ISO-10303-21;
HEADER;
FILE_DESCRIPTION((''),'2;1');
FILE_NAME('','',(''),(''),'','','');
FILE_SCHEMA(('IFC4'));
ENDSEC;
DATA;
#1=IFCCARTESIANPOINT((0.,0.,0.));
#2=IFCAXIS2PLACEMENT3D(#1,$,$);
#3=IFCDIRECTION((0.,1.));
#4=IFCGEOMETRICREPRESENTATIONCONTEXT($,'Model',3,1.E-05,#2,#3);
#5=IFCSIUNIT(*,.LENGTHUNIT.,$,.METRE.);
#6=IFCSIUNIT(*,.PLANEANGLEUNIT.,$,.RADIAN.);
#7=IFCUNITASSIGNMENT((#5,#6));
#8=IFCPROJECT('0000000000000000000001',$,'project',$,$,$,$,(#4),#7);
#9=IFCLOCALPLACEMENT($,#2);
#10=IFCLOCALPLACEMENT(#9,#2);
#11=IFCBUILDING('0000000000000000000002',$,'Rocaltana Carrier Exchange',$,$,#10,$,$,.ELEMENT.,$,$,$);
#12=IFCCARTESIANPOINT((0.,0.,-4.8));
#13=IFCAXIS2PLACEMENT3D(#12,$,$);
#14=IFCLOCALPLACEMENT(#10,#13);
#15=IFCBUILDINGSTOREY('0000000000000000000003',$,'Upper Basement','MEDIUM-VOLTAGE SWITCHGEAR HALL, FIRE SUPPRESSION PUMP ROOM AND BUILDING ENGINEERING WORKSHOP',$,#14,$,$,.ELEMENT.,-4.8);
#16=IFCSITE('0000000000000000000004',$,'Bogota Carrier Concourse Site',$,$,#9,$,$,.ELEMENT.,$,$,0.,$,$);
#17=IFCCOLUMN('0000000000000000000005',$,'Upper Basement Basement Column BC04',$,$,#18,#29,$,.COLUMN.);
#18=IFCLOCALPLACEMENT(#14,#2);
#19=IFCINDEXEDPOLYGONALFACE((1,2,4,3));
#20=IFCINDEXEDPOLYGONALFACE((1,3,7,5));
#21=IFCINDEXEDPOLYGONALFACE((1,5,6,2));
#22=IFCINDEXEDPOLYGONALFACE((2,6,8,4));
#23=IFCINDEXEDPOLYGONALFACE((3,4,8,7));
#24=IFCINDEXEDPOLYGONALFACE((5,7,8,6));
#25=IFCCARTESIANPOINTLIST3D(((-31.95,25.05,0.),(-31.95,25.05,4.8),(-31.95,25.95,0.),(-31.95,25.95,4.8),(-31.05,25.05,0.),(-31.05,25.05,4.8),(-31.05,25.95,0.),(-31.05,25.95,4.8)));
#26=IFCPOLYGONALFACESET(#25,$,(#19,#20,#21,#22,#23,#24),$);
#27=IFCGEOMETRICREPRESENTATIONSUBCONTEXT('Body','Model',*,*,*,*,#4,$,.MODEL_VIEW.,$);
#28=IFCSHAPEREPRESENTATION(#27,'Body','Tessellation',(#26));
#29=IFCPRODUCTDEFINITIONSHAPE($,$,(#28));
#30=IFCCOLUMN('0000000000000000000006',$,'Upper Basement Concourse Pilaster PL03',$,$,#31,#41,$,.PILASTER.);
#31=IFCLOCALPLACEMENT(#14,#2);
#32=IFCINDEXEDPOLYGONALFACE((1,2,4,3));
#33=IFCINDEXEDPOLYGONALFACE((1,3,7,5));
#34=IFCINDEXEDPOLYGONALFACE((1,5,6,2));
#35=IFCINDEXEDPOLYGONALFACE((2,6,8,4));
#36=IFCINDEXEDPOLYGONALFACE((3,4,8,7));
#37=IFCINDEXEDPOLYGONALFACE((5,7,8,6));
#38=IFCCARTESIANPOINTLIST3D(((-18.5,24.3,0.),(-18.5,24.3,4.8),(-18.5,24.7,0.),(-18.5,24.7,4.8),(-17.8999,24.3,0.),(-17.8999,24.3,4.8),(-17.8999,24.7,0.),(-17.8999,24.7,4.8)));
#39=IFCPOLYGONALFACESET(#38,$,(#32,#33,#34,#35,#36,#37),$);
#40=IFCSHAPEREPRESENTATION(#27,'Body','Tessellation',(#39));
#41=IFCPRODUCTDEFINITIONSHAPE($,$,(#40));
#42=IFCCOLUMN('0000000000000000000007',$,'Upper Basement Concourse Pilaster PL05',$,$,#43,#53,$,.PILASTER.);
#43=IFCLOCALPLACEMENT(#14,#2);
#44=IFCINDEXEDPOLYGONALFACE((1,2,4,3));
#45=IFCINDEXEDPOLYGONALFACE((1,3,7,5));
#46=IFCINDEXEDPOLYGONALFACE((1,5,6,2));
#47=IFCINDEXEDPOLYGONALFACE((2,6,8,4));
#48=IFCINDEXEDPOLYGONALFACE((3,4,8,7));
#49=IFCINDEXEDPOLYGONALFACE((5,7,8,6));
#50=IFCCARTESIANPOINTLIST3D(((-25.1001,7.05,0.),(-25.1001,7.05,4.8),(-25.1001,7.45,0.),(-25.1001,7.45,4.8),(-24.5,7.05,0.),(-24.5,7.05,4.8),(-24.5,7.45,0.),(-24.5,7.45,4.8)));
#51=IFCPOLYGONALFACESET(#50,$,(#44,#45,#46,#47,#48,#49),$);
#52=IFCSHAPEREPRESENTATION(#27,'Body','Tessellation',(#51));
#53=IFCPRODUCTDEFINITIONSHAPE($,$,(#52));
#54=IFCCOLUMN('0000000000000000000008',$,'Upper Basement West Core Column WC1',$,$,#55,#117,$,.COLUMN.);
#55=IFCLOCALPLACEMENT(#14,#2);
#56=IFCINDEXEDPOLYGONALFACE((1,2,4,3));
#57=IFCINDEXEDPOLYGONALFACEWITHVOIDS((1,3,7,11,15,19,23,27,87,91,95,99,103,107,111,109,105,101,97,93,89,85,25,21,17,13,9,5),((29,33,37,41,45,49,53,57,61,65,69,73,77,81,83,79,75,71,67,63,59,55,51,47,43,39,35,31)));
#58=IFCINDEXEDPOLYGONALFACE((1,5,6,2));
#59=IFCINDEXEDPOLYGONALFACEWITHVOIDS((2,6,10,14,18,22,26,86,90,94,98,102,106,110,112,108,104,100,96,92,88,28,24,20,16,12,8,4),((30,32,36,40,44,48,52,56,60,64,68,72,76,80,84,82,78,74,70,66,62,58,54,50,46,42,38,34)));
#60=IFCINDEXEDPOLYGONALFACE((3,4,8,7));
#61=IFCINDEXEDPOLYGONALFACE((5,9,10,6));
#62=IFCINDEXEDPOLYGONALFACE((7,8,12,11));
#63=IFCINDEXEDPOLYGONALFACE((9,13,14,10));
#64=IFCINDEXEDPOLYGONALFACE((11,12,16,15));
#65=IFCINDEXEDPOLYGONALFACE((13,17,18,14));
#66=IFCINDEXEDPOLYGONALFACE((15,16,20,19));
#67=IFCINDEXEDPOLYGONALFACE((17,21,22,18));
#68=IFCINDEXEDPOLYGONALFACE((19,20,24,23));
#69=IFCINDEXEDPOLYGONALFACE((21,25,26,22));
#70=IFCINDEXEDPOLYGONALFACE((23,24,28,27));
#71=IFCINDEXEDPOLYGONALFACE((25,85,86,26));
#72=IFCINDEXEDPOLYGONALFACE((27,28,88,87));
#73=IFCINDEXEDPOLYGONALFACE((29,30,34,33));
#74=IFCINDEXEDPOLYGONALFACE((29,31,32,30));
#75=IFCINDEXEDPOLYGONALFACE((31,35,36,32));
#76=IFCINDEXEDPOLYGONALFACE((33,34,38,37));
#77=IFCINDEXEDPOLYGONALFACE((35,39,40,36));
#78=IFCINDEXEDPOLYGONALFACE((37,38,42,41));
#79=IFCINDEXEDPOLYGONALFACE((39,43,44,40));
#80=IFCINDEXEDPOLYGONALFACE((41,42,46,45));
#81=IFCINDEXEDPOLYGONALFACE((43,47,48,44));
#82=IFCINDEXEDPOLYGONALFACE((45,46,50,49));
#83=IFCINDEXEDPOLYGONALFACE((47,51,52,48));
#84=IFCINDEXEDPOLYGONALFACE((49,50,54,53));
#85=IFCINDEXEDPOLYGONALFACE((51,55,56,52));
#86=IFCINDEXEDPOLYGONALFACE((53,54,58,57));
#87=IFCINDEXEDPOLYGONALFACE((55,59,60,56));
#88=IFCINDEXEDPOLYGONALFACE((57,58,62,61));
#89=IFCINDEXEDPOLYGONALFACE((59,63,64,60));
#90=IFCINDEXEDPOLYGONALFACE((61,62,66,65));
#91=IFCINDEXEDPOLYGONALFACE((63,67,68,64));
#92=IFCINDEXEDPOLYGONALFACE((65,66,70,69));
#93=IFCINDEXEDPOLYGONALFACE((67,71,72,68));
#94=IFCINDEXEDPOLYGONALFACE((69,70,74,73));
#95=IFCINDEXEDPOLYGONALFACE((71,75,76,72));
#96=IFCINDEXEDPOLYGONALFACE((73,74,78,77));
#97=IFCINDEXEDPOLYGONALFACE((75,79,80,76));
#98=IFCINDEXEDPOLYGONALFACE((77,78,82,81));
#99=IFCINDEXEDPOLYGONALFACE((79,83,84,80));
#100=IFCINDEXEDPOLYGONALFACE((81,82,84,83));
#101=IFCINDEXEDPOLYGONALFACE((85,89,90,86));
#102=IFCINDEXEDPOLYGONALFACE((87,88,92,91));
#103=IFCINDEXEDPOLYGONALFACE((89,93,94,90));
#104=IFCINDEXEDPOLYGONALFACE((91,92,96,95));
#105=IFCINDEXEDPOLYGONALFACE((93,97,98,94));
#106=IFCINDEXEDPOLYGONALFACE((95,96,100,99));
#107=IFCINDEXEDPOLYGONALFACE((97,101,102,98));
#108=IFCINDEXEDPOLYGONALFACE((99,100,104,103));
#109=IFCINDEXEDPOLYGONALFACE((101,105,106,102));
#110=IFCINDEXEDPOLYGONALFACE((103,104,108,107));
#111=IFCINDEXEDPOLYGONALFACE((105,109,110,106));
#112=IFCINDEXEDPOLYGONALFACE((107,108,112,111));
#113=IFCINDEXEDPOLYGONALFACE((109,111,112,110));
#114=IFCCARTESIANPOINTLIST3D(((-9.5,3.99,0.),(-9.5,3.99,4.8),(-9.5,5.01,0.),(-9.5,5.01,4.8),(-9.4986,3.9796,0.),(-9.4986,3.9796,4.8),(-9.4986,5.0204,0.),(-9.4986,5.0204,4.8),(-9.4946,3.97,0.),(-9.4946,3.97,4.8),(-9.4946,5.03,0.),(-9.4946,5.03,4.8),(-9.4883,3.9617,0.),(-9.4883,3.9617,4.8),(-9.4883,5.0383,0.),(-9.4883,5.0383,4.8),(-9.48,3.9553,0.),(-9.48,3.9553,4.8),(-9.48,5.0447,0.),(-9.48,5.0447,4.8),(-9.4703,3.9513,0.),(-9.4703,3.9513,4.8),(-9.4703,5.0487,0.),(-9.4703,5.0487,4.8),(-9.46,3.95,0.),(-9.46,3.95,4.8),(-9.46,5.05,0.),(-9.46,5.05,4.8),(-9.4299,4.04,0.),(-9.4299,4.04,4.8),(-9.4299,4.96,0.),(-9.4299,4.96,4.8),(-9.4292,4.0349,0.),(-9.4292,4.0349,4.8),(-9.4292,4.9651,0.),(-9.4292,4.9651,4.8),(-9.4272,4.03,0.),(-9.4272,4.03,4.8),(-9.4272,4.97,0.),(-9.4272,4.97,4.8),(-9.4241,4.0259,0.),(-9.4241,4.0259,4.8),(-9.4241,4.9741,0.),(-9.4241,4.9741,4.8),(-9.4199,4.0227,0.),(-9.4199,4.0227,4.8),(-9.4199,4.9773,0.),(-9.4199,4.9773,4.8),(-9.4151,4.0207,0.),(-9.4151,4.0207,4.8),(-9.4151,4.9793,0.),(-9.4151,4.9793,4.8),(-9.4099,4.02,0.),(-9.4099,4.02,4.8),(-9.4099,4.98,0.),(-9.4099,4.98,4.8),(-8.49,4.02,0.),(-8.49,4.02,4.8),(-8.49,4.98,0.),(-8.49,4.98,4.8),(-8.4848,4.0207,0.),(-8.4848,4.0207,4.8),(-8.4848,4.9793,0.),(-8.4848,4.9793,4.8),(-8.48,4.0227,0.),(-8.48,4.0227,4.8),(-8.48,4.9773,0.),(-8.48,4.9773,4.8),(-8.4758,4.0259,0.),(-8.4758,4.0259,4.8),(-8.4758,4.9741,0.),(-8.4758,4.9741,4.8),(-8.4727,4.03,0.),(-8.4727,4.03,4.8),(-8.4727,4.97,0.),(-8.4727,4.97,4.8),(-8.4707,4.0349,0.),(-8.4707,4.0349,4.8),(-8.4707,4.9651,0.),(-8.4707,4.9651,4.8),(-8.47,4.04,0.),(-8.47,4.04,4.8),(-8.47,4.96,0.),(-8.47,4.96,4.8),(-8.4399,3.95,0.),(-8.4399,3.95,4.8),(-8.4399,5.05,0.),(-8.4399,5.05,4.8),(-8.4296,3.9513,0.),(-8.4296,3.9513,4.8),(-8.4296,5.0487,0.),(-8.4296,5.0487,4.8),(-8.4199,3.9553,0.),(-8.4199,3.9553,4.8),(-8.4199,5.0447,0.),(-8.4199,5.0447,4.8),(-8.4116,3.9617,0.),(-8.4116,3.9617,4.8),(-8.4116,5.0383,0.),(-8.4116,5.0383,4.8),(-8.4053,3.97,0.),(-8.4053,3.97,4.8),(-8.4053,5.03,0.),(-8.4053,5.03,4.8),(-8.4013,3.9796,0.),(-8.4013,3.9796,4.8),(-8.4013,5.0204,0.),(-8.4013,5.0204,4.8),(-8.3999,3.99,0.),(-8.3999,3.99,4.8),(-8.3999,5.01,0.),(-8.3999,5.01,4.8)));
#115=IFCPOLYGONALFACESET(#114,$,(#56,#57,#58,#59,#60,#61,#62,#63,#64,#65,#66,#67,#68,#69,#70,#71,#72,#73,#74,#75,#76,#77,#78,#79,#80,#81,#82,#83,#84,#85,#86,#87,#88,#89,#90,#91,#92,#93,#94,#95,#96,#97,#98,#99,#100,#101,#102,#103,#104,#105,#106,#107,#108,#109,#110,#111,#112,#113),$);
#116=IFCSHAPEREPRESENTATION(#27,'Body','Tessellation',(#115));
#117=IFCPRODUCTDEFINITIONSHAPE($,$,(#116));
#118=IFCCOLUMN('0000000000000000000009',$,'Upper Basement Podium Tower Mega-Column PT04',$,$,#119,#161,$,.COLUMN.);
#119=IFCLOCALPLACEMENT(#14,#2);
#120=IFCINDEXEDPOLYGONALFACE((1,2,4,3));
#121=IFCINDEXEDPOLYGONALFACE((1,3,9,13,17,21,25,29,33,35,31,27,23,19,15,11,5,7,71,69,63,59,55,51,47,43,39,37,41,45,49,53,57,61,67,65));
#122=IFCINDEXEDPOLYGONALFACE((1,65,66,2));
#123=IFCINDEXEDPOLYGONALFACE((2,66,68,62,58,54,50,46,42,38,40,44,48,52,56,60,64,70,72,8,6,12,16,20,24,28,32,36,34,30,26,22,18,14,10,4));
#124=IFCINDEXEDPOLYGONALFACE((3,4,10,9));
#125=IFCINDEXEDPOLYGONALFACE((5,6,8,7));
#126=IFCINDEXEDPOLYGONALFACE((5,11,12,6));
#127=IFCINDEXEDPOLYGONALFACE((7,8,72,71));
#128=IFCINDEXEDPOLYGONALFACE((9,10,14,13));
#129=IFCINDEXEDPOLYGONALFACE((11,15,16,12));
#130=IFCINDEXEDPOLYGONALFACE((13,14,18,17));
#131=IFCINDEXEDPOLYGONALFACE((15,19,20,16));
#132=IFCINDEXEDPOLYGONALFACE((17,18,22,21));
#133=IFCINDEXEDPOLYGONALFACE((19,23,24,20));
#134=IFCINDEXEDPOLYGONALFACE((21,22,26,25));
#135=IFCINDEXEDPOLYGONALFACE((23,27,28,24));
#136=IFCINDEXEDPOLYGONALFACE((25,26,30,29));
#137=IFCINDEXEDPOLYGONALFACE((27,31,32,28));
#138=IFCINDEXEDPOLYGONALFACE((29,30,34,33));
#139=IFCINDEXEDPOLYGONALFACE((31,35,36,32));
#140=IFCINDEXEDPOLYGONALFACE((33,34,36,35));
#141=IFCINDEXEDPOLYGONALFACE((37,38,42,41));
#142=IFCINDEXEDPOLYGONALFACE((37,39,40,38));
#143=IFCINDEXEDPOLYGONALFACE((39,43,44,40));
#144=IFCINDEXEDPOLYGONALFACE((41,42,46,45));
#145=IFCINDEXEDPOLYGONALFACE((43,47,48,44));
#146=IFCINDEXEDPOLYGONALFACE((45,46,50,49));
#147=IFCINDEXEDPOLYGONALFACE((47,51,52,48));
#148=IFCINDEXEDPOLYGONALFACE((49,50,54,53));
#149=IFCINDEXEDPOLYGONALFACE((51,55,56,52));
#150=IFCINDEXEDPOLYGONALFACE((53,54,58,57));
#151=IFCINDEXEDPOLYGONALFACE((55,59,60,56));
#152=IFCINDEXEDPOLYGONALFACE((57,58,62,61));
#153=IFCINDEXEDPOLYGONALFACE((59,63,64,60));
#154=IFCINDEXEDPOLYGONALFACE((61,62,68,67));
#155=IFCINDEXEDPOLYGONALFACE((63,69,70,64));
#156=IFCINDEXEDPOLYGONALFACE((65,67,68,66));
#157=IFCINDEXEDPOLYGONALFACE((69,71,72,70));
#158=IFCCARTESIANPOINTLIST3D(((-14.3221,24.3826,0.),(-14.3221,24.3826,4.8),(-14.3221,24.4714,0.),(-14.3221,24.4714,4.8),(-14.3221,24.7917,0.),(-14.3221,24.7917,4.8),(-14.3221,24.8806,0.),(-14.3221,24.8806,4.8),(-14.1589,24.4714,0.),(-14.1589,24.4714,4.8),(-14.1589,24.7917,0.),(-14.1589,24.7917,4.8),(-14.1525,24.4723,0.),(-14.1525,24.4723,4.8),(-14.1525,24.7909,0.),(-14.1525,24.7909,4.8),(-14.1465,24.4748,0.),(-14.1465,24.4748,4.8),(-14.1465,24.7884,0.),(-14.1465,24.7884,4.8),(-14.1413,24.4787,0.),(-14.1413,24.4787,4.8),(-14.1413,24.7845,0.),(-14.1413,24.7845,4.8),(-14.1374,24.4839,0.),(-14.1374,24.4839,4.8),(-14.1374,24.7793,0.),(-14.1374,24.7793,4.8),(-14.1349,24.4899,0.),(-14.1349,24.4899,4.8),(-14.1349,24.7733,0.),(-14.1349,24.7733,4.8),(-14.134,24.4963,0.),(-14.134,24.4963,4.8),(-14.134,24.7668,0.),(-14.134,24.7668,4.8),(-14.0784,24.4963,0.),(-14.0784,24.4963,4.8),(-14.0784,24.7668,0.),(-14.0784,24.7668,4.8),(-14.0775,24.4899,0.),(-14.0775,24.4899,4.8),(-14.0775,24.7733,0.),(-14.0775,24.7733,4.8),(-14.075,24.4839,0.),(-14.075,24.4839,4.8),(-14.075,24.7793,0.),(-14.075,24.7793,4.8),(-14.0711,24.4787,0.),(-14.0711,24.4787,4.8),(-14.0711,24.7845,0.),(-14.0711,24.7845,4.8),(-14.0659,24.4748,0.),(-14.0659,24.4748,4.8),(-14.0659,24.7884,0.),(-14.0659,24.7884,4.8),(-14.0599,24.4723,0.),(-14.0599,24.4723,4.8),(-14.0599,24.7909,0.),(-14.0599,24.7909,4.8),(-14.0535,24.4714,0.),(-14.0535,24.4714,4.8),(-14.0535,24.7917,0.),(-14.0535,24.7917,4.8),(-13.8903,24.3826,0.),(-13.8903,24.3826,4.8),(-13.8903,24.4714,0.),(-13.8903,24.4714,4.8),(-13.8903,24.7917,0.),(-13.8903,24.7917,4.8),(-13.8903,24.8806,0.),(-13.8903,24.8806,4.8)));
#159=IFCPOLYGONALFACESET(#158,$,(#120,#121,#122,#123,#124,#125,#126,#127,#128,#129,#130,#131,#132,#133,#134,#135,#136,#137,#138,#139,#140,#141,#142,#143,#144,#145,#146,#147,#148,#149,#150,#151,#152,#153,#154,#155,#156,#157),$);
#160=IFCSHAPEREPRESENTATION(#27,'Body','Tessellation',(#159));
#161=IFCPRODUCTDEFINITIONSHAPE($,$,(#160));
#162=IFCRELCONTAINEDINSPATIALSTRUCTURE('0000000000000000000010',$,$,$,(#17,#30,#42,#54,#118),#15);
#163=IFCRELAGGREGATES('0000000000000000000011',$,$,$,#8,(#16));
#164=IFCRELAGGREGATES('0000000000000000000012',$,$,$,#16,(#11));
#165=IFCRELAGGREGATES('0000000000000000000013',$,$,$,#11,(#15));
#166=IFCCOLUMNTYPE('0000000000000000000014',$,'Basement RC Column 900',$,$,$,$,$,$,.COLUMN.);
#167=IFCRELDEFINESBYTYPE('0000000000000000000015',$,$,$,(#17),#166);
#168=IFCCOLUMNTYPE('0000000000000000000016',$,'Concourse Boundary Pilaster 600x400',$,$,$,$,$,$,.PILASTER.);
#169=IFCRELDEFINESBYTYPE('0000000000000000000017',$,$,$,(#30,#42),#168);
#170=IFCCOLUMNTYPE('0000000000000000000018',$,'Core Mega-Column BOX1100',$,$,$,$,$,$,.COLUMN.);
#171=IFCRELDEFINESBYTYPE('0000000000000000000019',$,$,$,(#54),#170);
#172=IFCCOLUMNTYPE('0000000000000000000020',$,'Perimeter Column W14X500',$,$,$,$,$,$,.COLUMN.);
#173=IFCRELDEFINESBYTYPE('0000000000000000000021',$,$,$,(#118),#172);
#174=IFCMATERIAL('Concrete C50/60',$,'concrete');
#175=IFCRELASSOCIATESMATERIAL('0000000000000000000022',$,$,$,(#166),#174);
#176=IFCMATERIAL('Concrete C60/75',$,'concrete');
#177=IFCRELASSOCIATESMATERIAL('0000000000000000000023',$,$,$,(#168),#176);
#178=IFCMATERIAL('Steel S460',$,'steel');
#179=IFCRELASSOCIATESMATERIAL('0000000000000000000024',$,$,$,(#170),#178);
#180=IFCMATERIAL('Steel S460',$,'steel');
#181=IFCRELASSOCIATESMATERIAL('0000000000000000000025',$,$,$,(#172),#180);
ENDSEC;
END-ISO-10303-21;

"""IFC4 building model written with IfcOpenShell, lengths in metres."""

from ifc_helpers import new_model, si_unit, direction, frame, origin, origin_2d, place, context, subcontext, project, spatial, rectangle, hollow_rectangle, i_section, extrude, material, material_profile, profile_set, type_object, element, save


model = new_model("IFC4")

# Units and contexts
model_context = context("Model", 3, precision=1e-05, world=origin(), true_north=direction((0.0, 1.0)))
body_context = subcontext(model_context, "Body", "Model", "MODEL_VIEW")
ifc_project = project(units=[si_unit("LENGTHUNIT", "METRE"), si_unit("PLANEANGLEUNIT", "RADIAN")], contexts=[model_context])

# Site, building, storey
site_placement = place(None, origin())
site = spatial("IfcSite", under=ifc_project, at=site_placement, Name="Bogota Carrier Concourse Site", CompositionType="ELEMENT", RefElevation=0.0)
building_placement = place(site_placement, origin())
building = spatial("IfcBuilding", under=site, at=building_placement, Name="Rocaltana Carrier Exchange", CompositionType="ELEMENT")
storey_placement = place(building_placement, frame((0.0, 0.0, -4.8)))
storey = spatial("IfcBuildingStorey", under=building, at=storey_placement, Name="Upper Basement", Description="MEDIUM-VOLTAGE SWITCHGEAR HALL, FIRE SUPPRESSION PUMP ROOM AND BUILDING ENGINEERING WORKSHOP", CompositionType="ELEMENT", Elevation=-4.8)

# Columns
ifc_material_1 = material(Name="Concrete C50/60", Category="concrete")
ifc_material_profile_1 = material_profile(ifc_material_1, rectangle(XDim=0.8999, YDim=0.8999, at=origin_2d()), Name="RC-COL-900X900")
ifc_profile_set_1 = profile_set([ifc_material_profile_1], Name="Concrete C50/60")
column_type_1 = type_object("IfcColumnType", Name="Basement RC Column 900", PredefinedType="COLUMN", material=ifc_profile_set_1)
column_1_placement = place(storey_placement, frame((-31.5, 25.5, 0.0), z_axis=(0.0, 0.0, 1.0), x_axis=(1.0, 0.0, 0.0)))
element("IfcColumn", 1, at=column_1_placement, inside=storey, type_object=column_type_1, Name="Upper Basement Basement Column BC04", PredefinedType="COLUMN", context=body_context, shape_type="SweptSolid", body=[
    extrude(rectangle(XDim=0.8999, YDim=0.8999, at=origin_2d()), origin(), (0.0, 0.0, 1.0), 4.8),
])
ifc_material_2 = material(Name="Concrete C60/75", Category="concrete")
ifc_material_profile_2 = material_profile(ifc_material_2, rectangle(XDim=0.6001, YDim=0.3999, at=origin_2d()), Name="RC-PIL-600X400")
ifc_profile_set_2 = profile_set([ifc_material_profile_2], Name="Concrete C60/75")
column_type_2 = type_object("IfcColumnType", Name="Concourse Boundary Pilaster 600x400", PredefinedType="PILASTER", material=ifc_profile_set_2)
for number, where, z_axis, x_axis, name in (
    (2, (-18.2, 24.5, 0.0), (0.0, 0.0, 1.0), (1.0, 0.0, 0.0), "Upper Basement Concourse Pilaster PL03"),
    (3, (-24.8, 7.25, 0.0), (0.0, 0.0, 1.0), (1.0, 0.0, 0.0), "Upper Basement Concourse Pilaster PL05"),
):
    element("IfcColumn", number, at=place(storey_placement, frame(where, z_axis=z_axis, x_axis=x_axis)), inside=storey, type_object=column_type_2, Name=name, PredefinedType="PILASTER", context=body_context, shape_type="SweptSolid", body=[
        extrude(rectangle(XDim=0.6001, YDim=0.3999, at=origin_2d()), origin(), (0.0, 0.0, 1.0), 4.8),
    ])
ifc_material_3 = material(Name="Steel S460", Category="steel")
ifc_material_profile_3 = material_profile(ifc_material_3, hollow_rectangle(XDim=1.1001, YDim=1.1001, WallThickness=0.0701, InnerFilletRadius=0.02, OuterFilletRadius=0.04, at=origin_2d()), Name="BOX1100X1100X70")
ifc_profile_set_3 = profile_set([ifc_material_profile_3], Name="Steel S460")
column_type_3 = type_object("IfcColumnType", Name="Core Mega-Column BOX1100", PredefinedType="COLUMN", material=ifc_profile_set_3)
column_2_placement = place(storey_placement, frame((-8.95, 4.5, 0.0), z_axis=(0.0, 0.0, 1.0), x_axis=(1.0, 0.0, 0.0)))
element("IfcColumn", 4, at=column_2_placement, inside=storey, type_object=column_type_3, Name="Upper Basement West Core Column WC1", PredefinedType="COLUMN", context=body_context, shape_type="SweptSolid", body=[
    extrude(hollow_rectangle(XDim=1.1001, YDim=1.1001, WallThickness=0.0701, InnerFilletRadius=0.02, OuterFilletRadius=0.04, at=origin_2d()), origin(), (0.0, 0.0, 1.0), 4.8),
])
ifc_material_4 = material(Name="Steel S460", Category="steel")
ifc_material_profile_4 = material_profile(ifc_material_4, i_section(OverallWidth=0.4319, OverallDepth=0.498, WebThickness=0.0557, FlangeThickness=0.0889, FilletRadius=0.0249, at=origin_2d()), Name="W14X500")
ifc_profile_set_4 = profile_set([ifc_material_profile_4], Name="Steel S460")
column_type_4 = type_object("IfcColumnType", Name="Perimeter Column W14X500", PredefinedType="COLUMN", material=ifc_profile_set_4)
for number, where, z_axis, x_axis, name in (
    (5, (-14.1062, 24.6316, 0.0), (0.0, 0.0, 1.0), (1.0, 0.0, 0.0), "Upper Basement Podium Tower Mega-Column PT04"),
):
    element("IfcColumn", number, at=place(storey_placement, frame(where, z_axis=z_axis, x_axis=x_axis)), inside=storey, type_object=column_type_4, Name=name, PredefinedType="COLUMN", context=body_context, shape_type="SweptSolid", body=[
        extrude(i_section(OverallWidth=0.4319, OverallDepth=0.498, WebThickness=0.0557, FlangeThickness=0.0889, FilletRadius=0.0249, at=origin_2d()), origin(), (0.0, 0.0, 1.0), 4.8),
    ])

save(model, "model.ifc")
